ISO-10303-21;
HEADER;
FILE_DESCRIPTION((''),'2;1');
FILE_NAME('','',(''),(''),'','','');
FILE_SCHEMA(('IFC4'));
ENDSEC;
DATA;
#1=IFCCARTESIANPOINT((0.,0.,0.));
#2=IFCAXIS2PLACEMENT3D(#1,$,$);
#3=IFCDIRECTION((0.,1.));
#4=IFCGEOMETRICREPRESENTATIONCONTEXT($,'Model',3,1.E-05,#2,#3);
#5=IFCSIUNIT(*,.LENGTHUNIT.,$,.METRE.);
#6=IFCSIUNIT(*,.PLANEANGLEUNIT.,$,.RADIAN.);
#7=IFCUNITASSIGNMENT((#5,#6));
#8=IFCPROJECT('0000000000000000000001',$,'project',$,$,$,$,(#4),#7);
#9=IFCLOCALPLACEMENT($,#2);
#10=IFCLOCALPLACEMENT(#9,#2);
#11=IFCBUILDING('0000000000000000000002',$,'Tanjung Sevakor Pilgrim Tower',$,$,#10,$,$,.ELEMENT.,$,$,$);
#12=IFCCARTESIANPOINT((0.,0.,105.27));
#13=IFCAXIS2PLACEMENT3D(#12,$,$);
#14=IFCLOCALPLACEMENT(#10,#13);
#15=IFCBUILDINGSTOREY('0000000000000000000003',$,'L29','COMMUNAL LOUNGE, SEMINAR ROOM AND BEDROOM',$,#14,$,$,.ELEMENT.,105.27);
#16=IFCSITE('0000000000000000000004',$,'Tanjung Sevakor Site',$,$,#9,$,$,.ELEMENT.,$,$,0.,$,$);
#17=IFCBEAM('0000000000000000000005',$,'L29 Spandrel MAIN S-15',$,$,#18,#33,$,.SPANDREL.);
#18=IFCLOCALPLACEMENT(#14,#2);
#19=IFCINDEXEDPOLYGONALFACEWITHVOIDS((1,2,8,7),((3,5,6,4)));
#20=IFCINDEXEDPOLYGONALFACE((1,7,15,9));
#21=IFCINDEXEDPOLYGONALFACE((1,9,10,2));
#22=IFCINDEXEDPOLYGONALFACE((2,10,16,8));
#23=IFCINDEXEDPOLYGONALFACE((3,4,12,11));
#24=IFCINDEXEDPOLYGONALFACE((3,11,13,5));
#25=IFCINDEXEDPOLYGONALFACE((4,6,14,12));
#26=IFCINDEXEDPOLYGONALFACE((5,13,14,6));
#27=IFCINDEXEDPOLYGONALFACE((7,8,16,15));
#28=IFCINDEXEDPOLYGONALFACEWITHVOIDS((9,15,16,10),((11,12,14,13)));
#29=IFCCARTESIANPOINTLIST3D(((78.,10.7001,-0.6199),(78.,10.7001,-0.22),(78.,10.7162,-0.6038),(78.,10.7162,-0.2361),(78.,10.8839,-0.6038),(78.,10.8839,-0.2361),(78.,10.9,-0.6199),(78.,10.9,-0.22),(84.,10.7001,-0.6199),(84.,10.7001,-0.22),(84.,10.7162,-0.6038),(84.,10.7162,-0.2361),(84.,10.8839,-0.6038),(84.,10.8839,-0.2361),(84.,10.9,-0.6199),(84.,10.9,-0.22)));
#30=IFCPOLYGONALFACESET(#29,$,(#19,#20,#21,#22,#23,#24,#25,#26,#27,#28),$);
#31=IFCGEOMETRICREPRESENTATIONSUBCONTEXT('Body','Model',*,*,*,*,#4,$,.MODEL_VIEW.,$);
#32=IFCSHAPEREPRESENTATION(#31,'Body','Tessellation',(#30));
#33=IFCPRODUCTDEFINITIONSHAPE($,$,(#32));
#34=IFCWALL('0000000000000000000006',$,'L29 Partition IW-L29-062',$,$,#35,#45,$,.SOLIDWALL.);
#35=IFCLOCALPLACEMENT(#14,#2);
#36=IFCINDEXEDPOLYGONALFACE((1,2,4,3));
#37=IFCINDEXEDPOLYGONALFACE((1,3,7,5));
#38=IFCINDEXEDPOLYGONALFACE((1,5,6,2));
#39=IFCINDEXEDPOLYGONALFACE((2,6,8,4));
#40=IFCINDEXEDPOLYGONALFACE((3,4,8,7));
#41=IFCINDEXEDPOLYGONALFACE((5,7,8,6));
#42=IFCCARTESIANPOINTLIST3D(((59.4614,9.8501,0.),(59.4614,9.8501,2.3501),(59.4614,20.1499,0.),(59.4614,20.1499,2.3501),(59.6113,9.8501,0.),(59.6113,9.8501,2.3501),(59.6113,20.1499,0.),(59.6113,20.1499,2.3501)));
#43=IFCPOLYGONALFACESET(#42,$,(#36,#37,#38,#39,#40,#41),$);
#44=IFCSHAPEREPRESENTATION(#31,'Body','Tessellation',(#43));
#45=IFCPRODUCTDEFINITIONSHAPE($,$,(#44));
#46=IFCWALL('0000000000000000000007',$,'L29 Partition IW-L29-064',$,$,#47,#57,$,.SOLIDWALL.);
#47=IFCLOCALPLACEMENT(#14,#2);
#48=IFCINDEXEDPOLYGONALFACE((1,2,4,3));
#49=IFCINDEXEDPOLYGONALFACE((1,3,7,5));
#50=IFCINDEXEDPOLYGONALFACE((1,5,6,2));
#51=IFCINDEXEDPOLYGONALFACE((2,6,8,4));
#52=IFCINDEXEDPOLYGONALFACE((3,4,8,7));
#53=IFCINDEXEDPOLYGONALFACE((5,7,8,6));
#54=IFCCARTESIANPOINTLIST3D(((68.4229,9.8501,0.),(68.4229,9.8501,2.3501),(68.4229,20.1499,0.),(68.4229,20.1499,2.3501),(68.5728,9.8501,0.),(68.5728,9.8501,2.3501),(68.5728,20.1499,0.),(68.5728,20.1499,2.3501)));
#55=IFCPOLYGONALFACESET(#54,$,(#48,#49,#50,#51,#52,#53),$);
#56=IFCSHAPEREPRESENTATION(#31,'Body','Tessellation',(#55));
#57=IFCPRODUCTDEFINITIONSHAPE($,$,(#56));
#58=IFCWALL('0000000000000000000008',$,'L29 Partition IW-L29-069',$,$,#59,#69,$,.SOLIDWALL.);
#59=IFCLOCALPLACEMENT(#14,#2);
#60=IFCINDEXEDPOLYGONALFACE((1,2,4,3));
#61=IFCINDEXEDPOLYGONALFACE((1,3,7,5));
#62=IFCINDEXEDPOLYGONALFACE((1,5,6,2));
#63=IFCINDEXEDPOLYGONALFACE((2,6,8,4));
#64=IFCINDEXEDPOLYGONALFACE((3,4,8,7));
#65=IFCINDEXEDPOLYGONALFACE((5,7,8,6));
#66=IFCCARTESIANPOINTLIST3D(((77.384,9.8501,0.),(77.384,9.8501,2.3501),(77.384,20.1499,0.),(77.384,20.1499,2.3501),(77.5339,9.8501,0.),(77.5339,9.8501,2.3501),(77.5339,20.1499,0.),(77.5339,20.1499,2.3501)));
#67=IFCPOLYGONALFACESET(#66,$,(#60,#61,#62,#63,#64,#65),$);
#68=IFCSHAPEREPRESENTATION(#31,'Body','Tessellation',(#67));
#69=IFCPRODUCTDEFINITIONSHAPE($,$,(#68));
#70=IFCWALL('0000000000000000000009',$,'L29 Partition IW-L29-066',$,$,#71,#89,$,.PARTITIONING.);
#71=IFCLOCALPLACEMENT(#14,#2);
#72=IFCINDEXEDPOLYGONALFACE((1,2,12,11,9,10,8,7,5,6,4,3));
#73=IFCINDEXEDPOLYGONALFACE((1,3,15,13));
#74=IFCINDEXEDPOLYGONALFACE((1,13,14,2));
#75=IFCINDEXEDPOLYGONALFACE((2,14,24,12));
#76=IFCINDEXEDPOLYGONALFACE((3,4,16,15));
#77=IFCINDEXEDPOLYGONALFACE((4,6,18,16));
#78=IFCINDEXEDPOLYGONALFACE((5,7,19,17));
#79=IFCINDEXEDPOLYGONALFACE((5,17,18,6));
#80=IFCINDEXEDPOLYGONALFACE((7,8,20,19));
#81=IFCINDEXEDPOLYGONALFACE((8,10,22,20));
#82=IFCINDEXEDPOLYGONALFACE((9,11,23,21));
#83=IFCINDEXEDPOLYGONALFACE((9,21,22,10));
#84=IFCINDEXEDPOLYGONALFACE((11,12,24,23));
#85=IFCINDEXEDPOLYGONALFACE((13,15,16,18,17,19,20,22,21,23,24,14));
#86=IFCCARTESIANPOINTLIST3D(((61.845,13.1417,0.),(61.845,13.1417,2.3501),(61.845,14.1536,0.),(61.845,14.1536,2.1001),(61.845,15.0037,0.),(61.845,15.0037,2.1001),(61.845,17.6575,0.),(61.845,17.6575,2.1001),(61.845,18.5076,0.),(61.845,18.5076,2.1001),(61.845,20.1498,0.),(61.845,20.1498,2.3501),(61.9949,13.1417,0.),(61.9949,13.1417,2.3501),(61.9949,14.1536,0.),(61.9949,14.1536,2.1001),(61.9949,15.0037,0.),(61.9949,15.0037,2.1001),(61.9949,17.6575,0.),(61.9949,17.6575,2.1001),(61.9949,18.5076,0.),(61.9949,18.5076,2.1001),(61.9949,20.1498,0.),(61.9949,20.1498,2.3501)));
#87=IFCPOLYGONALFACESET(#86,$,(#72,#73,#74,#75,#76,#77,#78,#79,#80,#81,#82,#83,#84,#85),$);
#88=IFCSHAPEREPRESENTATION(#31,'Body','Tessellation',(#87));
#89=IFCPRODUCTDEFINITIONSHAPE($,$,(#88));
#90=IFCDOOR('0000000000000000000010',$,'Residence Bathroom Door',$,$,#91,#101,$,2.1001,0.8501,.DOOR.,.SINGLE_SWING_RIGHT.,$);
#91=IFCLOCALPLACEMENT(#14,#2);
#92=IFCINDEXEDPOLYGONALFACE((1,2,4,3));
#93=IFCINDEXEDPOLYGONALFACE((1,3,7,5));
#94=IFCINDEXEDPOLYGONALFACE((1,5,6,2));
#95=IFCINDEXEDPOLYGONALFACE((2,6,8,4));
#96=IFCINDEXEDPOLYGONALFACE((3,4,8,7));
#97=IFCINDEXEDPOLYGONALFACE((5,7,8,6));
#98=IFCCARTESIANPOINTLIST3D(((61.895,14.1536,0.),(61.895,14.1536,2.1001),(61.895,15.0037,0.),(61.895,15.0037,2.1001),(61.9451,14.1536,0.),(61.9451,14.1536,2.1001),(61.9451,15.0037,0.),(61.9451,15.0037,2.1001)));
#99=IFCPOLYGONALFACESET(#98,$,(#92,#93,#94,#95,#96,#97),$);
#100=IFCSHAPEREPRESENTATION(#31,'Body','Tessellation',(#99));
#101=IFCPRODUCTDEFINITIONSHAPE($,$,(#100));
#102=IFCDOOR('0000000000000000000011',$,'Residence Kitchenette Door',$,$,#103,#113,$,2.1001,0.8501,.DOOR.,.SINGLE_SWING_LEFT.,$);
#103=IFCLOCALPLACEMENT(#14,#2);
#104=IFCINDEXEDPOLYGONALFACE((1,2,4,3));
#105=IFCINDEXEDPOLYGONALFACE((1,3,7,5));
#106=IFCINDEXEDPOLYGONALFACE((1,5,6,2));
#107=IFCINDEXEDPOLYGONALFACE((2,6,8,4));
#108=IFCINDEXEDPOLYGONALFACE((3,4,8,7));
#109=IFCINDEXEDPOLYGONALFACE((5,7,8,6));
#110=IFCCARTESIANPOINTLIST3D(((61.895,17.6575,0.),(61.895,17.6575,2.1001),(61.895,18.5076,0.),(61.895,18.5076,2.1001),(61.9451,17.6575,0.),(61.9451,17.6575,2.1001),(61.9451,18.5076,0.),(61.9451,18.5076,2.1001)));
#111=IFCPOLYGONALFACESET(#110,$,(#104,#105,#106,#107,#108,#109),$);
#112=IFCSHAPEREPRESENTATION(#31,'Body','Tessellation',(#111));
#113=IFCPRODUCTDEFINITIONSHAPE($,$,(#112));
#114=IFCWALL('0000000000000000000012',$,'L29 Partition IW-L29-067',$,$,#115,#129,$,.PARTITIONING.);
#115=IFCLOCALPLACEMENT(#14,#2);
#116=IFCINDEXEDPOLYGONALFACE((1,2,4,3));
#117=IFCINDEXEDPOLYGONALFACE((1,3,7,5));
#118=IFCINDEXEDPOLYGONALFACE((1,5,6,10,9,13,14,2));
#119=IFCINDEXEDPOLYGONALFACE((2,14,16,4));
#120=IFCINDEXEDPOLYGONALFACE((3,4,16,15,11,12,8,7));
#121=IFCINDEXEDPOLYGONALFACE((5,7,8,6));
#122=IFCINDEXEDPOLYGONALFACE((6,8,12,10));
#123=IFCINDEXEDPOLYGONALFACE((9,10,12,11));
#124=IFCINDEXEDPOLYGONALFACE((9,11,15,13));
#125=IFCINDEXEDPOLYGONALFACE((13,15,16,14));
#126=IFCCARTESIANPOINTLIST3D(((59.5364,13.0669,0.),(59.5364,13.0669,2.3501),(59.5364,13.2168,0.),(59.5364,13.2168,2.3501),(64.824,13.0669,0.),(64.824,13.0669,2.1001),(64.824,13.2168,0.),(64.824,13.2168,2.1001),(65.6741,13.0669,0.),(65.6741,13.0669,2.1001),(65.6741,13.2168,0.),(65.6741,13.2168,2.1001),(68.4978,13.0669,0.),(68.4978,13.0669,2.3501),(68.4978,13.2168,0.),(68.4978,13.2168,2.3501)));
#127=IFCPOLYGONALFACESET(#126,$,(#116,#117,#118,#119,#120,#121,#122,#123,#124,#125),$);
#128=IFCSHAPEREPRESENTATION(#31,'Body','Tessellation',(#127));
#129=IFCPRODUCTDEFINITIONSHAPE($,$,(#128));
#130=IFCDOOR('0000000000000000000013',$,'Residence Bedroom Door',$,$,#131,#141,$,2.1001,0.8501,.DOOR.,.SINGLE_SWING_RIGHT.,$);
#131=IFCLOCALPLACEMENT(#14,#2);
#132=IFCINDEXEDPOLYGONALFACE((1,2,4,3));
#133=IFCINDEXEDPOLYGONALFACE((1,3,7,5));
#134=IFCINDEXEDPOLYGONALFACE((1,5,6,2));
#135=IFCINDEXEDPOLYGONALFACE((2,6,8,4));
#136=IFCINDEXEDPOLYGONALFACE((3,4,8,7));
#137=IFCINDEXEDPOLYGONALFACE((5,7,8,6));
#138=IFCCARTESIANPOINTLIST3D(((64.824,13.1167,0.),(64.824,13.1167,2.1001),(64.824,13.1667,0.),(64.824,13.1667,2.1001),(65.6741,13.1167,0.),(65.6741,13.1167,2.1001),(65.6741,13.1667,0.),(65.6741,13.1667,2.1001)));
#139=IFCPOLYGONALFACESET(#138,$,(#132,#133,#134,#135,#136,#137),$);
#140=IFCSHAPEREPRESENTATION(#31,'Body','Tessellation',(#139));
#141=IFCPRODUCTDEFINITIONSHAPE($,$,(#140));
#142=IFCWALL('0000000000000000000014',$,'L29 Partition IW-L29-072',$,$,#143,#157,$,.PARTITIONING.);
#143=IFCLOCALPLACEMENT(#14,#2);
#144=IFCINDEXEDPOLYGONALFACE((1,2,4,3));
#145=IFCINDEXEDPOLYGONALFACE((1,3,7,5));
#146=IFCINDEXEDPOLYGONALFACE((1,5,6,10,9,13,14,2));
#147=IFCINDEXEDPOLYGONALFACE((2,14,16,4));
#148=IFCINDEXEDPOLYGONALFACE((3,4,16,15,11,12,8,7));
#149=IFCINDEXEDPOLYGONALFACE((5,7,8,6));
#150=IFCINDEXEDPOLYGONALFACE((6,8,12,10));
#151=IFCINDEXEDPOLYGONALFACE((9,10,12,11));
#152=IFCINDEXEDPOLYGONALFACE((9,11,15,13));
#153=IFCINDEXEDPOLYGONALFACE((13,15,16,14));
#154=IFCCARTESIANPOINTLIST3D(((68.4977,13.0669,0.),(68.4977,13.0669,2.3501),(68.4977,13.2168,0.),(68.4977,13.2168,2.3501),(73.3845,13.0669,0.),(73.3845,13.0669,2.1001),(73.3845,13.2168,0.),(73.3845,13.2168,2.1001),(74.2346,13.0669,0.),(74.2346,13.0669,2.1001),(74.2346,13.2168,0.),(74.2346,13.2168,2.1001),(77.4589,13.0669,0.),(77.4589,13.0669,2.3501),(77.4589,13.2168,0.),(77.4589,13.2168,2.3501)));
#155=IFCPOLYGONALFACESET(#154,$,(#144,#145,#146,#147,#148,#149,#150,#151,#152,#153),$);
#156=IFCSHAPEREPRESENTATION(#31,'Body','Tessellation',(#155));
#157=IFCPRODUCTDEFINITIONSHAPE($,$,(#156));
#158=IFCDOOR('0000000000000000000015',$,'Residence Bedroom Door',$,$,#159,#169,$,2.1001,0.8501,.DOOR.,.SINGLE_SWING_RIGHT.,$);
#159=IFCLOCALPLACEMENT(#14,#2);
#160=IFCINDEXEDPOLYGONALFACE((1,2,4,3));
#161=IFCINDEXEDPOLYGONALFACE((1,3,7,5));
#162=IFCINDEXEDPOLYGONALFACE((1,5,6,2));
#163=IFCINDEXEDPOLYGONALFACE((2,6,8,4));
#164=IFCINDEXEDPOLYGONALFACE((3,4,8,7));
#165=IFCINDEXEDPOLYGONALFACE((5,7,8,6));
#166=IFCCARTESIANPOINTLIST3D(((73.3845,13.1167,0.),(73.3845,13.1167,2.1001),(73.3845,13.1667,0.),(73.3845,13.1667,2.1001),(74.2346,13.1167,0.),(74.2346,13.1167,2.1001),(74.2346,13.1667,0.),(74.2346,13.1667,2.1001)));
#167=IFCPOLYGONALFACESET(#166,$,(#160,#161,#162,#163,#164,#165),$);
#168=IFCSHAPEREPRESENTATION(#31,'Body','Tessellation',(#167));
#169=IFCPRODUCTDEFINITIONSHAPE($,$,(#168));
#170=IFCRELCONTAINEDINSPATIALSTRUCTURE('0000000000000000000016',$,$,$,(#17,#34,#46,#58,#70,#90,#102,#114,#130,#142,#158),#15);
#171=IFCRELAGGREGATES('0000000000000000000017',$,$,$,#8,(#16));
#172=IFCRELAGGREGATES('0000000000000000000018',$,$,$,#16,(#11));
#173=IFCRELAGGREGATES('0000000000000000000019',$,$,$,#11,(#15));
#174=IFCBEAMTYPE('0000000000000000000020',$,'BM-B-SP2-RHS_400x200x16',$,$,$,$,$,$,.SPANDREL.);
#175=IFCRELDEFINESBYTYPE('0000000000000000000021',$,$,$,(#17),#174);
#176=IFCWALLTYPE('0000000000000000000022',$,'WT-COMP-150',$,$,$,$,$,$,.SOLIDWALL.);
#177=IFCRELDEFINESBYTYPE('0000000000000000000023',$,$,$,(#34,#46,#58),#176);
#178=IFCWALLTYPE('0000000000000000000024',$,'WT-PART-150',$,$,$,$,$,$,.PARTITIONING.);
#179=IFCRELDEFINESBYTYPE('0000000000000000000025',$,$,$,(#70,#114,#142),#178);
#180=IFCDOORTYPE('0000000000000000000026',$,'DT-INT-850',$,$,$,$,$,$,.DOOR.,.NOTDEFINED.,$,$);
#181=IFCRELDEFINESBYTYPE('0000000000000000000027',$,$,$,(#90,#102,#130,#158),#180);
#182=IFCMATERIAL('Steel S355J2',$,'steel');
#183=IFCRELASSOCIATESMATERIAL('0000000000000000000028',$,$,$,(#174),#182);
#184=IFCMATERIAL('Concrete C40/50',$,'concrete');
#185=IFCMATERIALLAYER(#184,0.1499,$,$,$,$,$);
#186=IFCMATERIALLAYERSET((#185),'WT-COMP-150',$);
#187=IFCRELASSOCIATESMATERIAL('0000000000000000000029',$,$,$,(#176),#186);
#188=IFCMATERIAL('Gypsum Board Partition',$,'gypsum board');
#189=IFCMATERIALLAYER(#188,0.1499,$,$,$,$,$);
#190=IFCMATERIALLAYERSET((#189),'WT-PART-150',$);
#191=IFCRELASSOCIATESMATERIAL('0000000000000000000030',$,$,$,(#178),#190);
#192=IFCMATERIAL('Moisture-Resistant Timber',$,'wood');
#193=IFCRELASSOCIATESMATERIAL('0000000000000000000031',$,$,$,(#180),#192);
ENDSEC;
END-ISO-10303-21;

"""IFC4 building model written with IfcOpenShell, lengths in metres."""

from ifc_helpers import new_model, si_unit, direction, frame, frame_2d, origin, origin_2d, place, context, subcontext, project, spatial, rectangle, hollow_rectangle, extrude, material, layer, layer_set, material_profile, profile_set, type_object, element, fill, save


model = new_model("IFC4")

# Units and contexts
model_context = context("Model", 3, precision=1e-05, world=origin(), true_north=direction((0.0, 1.0)))
body_context = subcontext(model_context, "Body", "Model", "MODEL_VIEW")
ifc_project = project(units=[si_unit("LENGTHUNIT", "METRE"), si_unit("PLANEANGLEUNIT", "RADIAN")], contexts=[model_context])

# Site, building, storey
site_placement = place(None, origin())
site = spatial("IfcSite", under=ifc_project, at=site_placement, Name="Tanjung Sevakor Site", CompositionType="ELEMENT", RefElevation=0.0)
building_placement = place(site_placement, origin())
building = spatial("IfcBuilding", under=site, at=building_placement, Name="Tanjung Sevakor Pilgrim Tower", CompositionType="ELEMENT")
storey_placement = place(building_placement, frame((0.0, 0.0, 105.27)))
storey = spatial("IfcBuildingStorey", under=building, at=storey_placement, Name="L29", Description="COMMUNAL LOUNGE, SEMINAR ROOM AND BEDROOM", CompositionType="ELEMENT", Elevation=105.27)

# Beam
ifc_material_1 = material(Name="Steel S355J2", Category="steel")
ifc_material_profile_1 = material_profile(ifc_material_1, hollow_rectangle(XDim=0.2, YDim=0.3999, WallThickness=0.0161, at=origin_2d()))
ifc_profile_set_1 = profile_set([ifc_material_profile_1], Name="Steel S355J2")
beam_type_1 = type_object("IfcBeamType", Name="BM-B-SP2-RHS_400x200x16", PredefinedType="SPANDREL", material=ifc_profile_set_1)
for number, where, z_axis, x_axis, name in (
    (1, (78.0, 10.8, -0.4199), (1.0, 0.0, 0.0), (0.0, 1.0, 0.0), "L29 Spandrel MAIN S-15"),
):
    element("IfcBeam", number, at=place(storey_placement, frame(where, z_axis=z_axis, x_axis=x_axis)), inside=storey, type_object=beam_type_1, Name=name, PredefinedType="SPANDREL", context=body_context, shape_type="SweptSolid", body=[
        extrude(hollow_rectangle(XDim=0.2, YDim=0.3999, WallThickness=0.0161, at=origin_2d()), origin(), (0.0, 0.0, 1.0), 6.0),
    ])

# Walls
ifc_material_2 = material(Name="Concrete C40/50", Category="concrete")
ifc_layer_1 = layer(ifc_material_2, 0.1499)
ifc_layer_set_1 = layer_set([ifc_layer_1], Name="WT-COMP-150")
wall_type_1 = type_object("IfcWallType", Name="WT-COMP-150", PredefinedType="SOLIDWALL", material=ifc_layer_set_1)
for number, where, z_axis, x_axis, name in (
    (2, (59.5364, 9.8501, 0.0), (0.0, 0.0, 1.0), (0.0, 1.0, 0.0), "L29 Partition IW-L29-062"),
    (3, (68.4978, 9.8501, 0.0), (0.0, 0.0, 1.0), (0.0, 1.0, 0.0), "L29 Partition IW-L29-064"),
    (4, (77.459, 9.8501, 0.0), (0.0, 0.0, 1.0), (0.0, 1.0, 0.0), "L29 Partition IW-L29-069"),
):
    element("IfcWall", number, at=place(storey_placement, frame(where, z_axis=z_axis, x_axis=x_axis)), inside=storey, type_object=wall_type_1, Name=name, PredefinedType="SOLIDWALL", context=body_context, shape_type="SweptSolid", body=[
        extrude(rectangle(XDim=10.2998, YDim=0.1499, at=frame_2d((5.1499, 0.0))), origin(), (0.0, 0.0, 1.0), 2.3501),
    ])

# Wall, openings, doors
ifc_material_3 = material(Name="Gypsum Board Partition", Category="gypsum board")
ifc_layer_2 = layer(ifc_material_3, 0.1499)
ifc_layer_set_2 = layer_set([ifc_layer_2], Name="WT-PART-150")
wall_type_2 = type_object("IfcWallType", Name="WT-PART-150", PredefinedType="PARTITIONING", material=ifc_layer_set_2)
wall_1_placement = place(storey_placement, frame((61.9199, 13.1418, 0.0), z_axis=(0.0, 0.0, 1.0), x_axis=(0.0, 1.0, 0.0)))
wall_1 = element("IfcWall", 5, at=wall_1_placement, inside=storey, type_object=wall_type_2, Name="L29 Partition IW-L29-066", PredefinedType="PARTITIONING", context=body_context, shape_type="SweptSolid", body=[
    extrude(rectangle(XDim=7.0081, YDim=0.1499, at=frame_2d((3.5039, 0.0))), origin(), (0.0, 0.0, 1.0), 2.3501),
])
opening_1_placement = place(wall_1_placement, frame((1.0117, 0.0, 0.0)))
opening_1 = element("IfcOpeningElement", 6, at=opening_1_placement, cuts=wall_1, PredefinedType="OPENING", context=body_context, shape_type="SweptSolid", body=[
    extrude(rectangle(XDim=0.8501, YDim=2.1001, at=frame_2d((0.425, 1.05))), frame((0.0, 0.085, 0.0), z_axis=(0.0, -1.0, 0.0), x_axis=(1.0, 0.0, 0.0)), (0.0, 0.0, 1.0), 0.1699),
])
opening_2_placement = place(wall_1_placement, frame((4.5156, 0.0, 0.0)))
opening_2 = element("IfcOpeningElement", 7, at=opening_2_placement, cuts=wall_1, PredefinedType="OPENING", context=body_context, shape_type="SweptSolid", body=[
    extrude(rectangle(XDim=0.8501, YDim=2.1001, at=frame_2d((0.425, 1.05))), frame((0.0, 0.085, 0.0), z_axis=(0.0, -1.0, 0.0), x_axis=(1.0, 0.0, 0.0)), (0.0, 0.0, 1.0), 0.1699),
])
ifc_material_4 = material(Name="Moisture-Resistant Timber", Category="wood")
door_type = type_object("IfcDoorType", Name="DT-INT-850", OperationType="NOTDEFINED", PredefinedType="DOOR", material=ifc_material_4)
door_1_placement = place(opening_1_placement, origin())
door_1 = element("IfcDoor", 8, at=door_1_placement, inside=storey, type_object=door_type, Name="Residence Bathroom Door", OperationType="SINGLE_SWING_RIGHT", OverallHeight=2.1001, OverallWidth=0.8501, PredefinedType="DOOR", context=body_context, shape_type="SweptSolid", body=[
    extrude(rectangle(XDim=0.8501, YDim=2.1001, at=frame_2d((0.425, 1.05))), frame((0.0, 0.0249, 0.0), z_axis=(0.0, -1.0, 0.0), x_axis=(1.0, 0.0, 0.0)), (0.0, 0.0, 1.0), 0.05),
])
fill(opening_1, door_1)
door_2_placement = place(opening_2_placement, origin())
door_2 = element("IfcDoor", 9, at=door_2_placement, inside=storey, type_object=door_type, Name="Residence Kitchenette Door", OperationType="SINGLE_SWING_LEFT", OverallHeight=2.1001, OverallWidth=0.8501, PredefinedType="DOOR", context=body_context, shape_type="SweptSolid", body=[
    extrude(rectangle(XDim=0.8501, YDim=2.1001, at=frame_2d((0.425, 1.05))), frame((0.0, 0.0249, 0.0), z_axis=(0.0, -1.0, 0.0), x_axis=(1.0, 0.0, 0.0)), (0.0, 0.0, 1.0), 0.05),
])
fill(opening_2, door_2)

# Walls, openings, doors
wall_2_placement = place(storey_placement, frame((59.5364, 13.1418, 0.0), z_axis=(0.0, 0.0, 1.0), x_axis=(1.0, 0.0, 0.0)))
wall_2 = element("IfcWall", 10, at=wall_2_placement, inside=storey, type_object=wall_type_2, Name="L29 Partition IW-L29-067", PredefinedType="PARTITIONING", context=body_context, shape_type="SweptSolid", body=[
    extrude(rectangle(XDim=8.9614, YDim=0.1499, at=frame_2d((4.4807, 0.0))), origin(), (0.0, 0.0, 1.0), 2.3501),
])
opening_3_placement = place(wall_2_placement, frame((5.2876, 0.0, 0.0)))
opening_3 = element("IfcOpeningElement", 11, at=opening_3_placement, cuts=wall_2, PredefinedType="OPENING", context=body_context, shape_type="SweptSolid", body=[
    extrude(rectangle(XDim=0.8501, YDim=2.1001, at=frame_2d((0.425, 1.05))), frame((0.0, 0.085, 0.0), z_axis=(0.0, -1.0, 0.0), x_axis=(1.0, 0.0, 0.0)), (0.0, 0.0, 1.0), 0.1699),
])
door_3_placement = place(opening_3_placement, origin())
door_3 = element("IfcDoor", 12, at=door_3_placement, inside=storey, type_object=door_type, Name="Residence Bedroom Door", OperationType="SINGLE_SWING_RIGHT", OverallHeight=2.1001, OverallWidth=0.8501, PredefinedType="DOOR", context=body_context, shape_type="SweptSolid", body=[
    extrude(rectangle(XDim=0.8501, YDim=2.1001, at=frame_2d((0.425, 1.05))), frame((0.0, 0.0249, 0.0), z_axis=(0.0, -1.0, 0.0), x_axis=(1.0, 0.0, 0.0)), (0.0, 0.0, 1.0), 0.05),
])
fill(opening_3, door_3)
wall_3_placement = place(storey_placement, frame((68.4978, 13.1418, 0.0), z_axis=(0.0, 0.0, 1.0), x_axis=(1.0, 0.0, 0.0)))
wall_3 = element("IfcWall", 13, at=wall_3_placement, inside=storey, type_object=wall_type_2, Name="L29 Partition IW-L29-072", PredefinedType="PARTITIONING", context=body_context, shape_type="SweptSolid", body=[
    extrude(rectangle(XDim=8.9612, YDim=0.1499, at=frame_2d((4.4805, 0.0))), origin(), (0.0, 0.0, 1.0), 2.3501),
])
opening_4_placement = place(wall_3_placement, frame((4.8867, 0.0, 0.0)))
opening_4 = element("IfcOpeningElement", 14, at=opening_4_placement, cuts=wall_3, PredefinedType="OPENING", context=body_context, shape_type="SweptSolid", body=[
    extrude(rectangle(XDim=0.8501, YDim=2.1001, at=frame_2d((0.425, 1.05))), frame((0.0, 0.085, 0.0), z_axis=(0.0, -1.0, 0.0), x_axis=(1.0, 0.0, 0.0)), (0.0, 0.0, 1.0), 0.1699),
])
door_4_placement = place(opening_4_placement, origin())
door_4 = element("IfcDoor", 15, at=door_4_placement, inside=storey, type_object=door_type, Name="Residence Bedroom Door", OperationType="SINGLE_SWING_RIGHT", OverallHeight=2.1001, OverallWidth=0.8501, PredefinedType="DOOR", context=body_context, shape_type="SweptSolid", body=[
    extrude(rectangle(XDim=0.8501, YDim=2.1001, at=frame_2d((0.425, 1.05))), frame((0.0, 0.0249, 0.0), z_axis=(0.0, -1.0, 0.0), x_axis=(1.0, 0.0, 0.0)), (0.0, 0.0, 1.0), 0.05),
])
fill(opening_4, door_4)

save(model, "model.ifc")
